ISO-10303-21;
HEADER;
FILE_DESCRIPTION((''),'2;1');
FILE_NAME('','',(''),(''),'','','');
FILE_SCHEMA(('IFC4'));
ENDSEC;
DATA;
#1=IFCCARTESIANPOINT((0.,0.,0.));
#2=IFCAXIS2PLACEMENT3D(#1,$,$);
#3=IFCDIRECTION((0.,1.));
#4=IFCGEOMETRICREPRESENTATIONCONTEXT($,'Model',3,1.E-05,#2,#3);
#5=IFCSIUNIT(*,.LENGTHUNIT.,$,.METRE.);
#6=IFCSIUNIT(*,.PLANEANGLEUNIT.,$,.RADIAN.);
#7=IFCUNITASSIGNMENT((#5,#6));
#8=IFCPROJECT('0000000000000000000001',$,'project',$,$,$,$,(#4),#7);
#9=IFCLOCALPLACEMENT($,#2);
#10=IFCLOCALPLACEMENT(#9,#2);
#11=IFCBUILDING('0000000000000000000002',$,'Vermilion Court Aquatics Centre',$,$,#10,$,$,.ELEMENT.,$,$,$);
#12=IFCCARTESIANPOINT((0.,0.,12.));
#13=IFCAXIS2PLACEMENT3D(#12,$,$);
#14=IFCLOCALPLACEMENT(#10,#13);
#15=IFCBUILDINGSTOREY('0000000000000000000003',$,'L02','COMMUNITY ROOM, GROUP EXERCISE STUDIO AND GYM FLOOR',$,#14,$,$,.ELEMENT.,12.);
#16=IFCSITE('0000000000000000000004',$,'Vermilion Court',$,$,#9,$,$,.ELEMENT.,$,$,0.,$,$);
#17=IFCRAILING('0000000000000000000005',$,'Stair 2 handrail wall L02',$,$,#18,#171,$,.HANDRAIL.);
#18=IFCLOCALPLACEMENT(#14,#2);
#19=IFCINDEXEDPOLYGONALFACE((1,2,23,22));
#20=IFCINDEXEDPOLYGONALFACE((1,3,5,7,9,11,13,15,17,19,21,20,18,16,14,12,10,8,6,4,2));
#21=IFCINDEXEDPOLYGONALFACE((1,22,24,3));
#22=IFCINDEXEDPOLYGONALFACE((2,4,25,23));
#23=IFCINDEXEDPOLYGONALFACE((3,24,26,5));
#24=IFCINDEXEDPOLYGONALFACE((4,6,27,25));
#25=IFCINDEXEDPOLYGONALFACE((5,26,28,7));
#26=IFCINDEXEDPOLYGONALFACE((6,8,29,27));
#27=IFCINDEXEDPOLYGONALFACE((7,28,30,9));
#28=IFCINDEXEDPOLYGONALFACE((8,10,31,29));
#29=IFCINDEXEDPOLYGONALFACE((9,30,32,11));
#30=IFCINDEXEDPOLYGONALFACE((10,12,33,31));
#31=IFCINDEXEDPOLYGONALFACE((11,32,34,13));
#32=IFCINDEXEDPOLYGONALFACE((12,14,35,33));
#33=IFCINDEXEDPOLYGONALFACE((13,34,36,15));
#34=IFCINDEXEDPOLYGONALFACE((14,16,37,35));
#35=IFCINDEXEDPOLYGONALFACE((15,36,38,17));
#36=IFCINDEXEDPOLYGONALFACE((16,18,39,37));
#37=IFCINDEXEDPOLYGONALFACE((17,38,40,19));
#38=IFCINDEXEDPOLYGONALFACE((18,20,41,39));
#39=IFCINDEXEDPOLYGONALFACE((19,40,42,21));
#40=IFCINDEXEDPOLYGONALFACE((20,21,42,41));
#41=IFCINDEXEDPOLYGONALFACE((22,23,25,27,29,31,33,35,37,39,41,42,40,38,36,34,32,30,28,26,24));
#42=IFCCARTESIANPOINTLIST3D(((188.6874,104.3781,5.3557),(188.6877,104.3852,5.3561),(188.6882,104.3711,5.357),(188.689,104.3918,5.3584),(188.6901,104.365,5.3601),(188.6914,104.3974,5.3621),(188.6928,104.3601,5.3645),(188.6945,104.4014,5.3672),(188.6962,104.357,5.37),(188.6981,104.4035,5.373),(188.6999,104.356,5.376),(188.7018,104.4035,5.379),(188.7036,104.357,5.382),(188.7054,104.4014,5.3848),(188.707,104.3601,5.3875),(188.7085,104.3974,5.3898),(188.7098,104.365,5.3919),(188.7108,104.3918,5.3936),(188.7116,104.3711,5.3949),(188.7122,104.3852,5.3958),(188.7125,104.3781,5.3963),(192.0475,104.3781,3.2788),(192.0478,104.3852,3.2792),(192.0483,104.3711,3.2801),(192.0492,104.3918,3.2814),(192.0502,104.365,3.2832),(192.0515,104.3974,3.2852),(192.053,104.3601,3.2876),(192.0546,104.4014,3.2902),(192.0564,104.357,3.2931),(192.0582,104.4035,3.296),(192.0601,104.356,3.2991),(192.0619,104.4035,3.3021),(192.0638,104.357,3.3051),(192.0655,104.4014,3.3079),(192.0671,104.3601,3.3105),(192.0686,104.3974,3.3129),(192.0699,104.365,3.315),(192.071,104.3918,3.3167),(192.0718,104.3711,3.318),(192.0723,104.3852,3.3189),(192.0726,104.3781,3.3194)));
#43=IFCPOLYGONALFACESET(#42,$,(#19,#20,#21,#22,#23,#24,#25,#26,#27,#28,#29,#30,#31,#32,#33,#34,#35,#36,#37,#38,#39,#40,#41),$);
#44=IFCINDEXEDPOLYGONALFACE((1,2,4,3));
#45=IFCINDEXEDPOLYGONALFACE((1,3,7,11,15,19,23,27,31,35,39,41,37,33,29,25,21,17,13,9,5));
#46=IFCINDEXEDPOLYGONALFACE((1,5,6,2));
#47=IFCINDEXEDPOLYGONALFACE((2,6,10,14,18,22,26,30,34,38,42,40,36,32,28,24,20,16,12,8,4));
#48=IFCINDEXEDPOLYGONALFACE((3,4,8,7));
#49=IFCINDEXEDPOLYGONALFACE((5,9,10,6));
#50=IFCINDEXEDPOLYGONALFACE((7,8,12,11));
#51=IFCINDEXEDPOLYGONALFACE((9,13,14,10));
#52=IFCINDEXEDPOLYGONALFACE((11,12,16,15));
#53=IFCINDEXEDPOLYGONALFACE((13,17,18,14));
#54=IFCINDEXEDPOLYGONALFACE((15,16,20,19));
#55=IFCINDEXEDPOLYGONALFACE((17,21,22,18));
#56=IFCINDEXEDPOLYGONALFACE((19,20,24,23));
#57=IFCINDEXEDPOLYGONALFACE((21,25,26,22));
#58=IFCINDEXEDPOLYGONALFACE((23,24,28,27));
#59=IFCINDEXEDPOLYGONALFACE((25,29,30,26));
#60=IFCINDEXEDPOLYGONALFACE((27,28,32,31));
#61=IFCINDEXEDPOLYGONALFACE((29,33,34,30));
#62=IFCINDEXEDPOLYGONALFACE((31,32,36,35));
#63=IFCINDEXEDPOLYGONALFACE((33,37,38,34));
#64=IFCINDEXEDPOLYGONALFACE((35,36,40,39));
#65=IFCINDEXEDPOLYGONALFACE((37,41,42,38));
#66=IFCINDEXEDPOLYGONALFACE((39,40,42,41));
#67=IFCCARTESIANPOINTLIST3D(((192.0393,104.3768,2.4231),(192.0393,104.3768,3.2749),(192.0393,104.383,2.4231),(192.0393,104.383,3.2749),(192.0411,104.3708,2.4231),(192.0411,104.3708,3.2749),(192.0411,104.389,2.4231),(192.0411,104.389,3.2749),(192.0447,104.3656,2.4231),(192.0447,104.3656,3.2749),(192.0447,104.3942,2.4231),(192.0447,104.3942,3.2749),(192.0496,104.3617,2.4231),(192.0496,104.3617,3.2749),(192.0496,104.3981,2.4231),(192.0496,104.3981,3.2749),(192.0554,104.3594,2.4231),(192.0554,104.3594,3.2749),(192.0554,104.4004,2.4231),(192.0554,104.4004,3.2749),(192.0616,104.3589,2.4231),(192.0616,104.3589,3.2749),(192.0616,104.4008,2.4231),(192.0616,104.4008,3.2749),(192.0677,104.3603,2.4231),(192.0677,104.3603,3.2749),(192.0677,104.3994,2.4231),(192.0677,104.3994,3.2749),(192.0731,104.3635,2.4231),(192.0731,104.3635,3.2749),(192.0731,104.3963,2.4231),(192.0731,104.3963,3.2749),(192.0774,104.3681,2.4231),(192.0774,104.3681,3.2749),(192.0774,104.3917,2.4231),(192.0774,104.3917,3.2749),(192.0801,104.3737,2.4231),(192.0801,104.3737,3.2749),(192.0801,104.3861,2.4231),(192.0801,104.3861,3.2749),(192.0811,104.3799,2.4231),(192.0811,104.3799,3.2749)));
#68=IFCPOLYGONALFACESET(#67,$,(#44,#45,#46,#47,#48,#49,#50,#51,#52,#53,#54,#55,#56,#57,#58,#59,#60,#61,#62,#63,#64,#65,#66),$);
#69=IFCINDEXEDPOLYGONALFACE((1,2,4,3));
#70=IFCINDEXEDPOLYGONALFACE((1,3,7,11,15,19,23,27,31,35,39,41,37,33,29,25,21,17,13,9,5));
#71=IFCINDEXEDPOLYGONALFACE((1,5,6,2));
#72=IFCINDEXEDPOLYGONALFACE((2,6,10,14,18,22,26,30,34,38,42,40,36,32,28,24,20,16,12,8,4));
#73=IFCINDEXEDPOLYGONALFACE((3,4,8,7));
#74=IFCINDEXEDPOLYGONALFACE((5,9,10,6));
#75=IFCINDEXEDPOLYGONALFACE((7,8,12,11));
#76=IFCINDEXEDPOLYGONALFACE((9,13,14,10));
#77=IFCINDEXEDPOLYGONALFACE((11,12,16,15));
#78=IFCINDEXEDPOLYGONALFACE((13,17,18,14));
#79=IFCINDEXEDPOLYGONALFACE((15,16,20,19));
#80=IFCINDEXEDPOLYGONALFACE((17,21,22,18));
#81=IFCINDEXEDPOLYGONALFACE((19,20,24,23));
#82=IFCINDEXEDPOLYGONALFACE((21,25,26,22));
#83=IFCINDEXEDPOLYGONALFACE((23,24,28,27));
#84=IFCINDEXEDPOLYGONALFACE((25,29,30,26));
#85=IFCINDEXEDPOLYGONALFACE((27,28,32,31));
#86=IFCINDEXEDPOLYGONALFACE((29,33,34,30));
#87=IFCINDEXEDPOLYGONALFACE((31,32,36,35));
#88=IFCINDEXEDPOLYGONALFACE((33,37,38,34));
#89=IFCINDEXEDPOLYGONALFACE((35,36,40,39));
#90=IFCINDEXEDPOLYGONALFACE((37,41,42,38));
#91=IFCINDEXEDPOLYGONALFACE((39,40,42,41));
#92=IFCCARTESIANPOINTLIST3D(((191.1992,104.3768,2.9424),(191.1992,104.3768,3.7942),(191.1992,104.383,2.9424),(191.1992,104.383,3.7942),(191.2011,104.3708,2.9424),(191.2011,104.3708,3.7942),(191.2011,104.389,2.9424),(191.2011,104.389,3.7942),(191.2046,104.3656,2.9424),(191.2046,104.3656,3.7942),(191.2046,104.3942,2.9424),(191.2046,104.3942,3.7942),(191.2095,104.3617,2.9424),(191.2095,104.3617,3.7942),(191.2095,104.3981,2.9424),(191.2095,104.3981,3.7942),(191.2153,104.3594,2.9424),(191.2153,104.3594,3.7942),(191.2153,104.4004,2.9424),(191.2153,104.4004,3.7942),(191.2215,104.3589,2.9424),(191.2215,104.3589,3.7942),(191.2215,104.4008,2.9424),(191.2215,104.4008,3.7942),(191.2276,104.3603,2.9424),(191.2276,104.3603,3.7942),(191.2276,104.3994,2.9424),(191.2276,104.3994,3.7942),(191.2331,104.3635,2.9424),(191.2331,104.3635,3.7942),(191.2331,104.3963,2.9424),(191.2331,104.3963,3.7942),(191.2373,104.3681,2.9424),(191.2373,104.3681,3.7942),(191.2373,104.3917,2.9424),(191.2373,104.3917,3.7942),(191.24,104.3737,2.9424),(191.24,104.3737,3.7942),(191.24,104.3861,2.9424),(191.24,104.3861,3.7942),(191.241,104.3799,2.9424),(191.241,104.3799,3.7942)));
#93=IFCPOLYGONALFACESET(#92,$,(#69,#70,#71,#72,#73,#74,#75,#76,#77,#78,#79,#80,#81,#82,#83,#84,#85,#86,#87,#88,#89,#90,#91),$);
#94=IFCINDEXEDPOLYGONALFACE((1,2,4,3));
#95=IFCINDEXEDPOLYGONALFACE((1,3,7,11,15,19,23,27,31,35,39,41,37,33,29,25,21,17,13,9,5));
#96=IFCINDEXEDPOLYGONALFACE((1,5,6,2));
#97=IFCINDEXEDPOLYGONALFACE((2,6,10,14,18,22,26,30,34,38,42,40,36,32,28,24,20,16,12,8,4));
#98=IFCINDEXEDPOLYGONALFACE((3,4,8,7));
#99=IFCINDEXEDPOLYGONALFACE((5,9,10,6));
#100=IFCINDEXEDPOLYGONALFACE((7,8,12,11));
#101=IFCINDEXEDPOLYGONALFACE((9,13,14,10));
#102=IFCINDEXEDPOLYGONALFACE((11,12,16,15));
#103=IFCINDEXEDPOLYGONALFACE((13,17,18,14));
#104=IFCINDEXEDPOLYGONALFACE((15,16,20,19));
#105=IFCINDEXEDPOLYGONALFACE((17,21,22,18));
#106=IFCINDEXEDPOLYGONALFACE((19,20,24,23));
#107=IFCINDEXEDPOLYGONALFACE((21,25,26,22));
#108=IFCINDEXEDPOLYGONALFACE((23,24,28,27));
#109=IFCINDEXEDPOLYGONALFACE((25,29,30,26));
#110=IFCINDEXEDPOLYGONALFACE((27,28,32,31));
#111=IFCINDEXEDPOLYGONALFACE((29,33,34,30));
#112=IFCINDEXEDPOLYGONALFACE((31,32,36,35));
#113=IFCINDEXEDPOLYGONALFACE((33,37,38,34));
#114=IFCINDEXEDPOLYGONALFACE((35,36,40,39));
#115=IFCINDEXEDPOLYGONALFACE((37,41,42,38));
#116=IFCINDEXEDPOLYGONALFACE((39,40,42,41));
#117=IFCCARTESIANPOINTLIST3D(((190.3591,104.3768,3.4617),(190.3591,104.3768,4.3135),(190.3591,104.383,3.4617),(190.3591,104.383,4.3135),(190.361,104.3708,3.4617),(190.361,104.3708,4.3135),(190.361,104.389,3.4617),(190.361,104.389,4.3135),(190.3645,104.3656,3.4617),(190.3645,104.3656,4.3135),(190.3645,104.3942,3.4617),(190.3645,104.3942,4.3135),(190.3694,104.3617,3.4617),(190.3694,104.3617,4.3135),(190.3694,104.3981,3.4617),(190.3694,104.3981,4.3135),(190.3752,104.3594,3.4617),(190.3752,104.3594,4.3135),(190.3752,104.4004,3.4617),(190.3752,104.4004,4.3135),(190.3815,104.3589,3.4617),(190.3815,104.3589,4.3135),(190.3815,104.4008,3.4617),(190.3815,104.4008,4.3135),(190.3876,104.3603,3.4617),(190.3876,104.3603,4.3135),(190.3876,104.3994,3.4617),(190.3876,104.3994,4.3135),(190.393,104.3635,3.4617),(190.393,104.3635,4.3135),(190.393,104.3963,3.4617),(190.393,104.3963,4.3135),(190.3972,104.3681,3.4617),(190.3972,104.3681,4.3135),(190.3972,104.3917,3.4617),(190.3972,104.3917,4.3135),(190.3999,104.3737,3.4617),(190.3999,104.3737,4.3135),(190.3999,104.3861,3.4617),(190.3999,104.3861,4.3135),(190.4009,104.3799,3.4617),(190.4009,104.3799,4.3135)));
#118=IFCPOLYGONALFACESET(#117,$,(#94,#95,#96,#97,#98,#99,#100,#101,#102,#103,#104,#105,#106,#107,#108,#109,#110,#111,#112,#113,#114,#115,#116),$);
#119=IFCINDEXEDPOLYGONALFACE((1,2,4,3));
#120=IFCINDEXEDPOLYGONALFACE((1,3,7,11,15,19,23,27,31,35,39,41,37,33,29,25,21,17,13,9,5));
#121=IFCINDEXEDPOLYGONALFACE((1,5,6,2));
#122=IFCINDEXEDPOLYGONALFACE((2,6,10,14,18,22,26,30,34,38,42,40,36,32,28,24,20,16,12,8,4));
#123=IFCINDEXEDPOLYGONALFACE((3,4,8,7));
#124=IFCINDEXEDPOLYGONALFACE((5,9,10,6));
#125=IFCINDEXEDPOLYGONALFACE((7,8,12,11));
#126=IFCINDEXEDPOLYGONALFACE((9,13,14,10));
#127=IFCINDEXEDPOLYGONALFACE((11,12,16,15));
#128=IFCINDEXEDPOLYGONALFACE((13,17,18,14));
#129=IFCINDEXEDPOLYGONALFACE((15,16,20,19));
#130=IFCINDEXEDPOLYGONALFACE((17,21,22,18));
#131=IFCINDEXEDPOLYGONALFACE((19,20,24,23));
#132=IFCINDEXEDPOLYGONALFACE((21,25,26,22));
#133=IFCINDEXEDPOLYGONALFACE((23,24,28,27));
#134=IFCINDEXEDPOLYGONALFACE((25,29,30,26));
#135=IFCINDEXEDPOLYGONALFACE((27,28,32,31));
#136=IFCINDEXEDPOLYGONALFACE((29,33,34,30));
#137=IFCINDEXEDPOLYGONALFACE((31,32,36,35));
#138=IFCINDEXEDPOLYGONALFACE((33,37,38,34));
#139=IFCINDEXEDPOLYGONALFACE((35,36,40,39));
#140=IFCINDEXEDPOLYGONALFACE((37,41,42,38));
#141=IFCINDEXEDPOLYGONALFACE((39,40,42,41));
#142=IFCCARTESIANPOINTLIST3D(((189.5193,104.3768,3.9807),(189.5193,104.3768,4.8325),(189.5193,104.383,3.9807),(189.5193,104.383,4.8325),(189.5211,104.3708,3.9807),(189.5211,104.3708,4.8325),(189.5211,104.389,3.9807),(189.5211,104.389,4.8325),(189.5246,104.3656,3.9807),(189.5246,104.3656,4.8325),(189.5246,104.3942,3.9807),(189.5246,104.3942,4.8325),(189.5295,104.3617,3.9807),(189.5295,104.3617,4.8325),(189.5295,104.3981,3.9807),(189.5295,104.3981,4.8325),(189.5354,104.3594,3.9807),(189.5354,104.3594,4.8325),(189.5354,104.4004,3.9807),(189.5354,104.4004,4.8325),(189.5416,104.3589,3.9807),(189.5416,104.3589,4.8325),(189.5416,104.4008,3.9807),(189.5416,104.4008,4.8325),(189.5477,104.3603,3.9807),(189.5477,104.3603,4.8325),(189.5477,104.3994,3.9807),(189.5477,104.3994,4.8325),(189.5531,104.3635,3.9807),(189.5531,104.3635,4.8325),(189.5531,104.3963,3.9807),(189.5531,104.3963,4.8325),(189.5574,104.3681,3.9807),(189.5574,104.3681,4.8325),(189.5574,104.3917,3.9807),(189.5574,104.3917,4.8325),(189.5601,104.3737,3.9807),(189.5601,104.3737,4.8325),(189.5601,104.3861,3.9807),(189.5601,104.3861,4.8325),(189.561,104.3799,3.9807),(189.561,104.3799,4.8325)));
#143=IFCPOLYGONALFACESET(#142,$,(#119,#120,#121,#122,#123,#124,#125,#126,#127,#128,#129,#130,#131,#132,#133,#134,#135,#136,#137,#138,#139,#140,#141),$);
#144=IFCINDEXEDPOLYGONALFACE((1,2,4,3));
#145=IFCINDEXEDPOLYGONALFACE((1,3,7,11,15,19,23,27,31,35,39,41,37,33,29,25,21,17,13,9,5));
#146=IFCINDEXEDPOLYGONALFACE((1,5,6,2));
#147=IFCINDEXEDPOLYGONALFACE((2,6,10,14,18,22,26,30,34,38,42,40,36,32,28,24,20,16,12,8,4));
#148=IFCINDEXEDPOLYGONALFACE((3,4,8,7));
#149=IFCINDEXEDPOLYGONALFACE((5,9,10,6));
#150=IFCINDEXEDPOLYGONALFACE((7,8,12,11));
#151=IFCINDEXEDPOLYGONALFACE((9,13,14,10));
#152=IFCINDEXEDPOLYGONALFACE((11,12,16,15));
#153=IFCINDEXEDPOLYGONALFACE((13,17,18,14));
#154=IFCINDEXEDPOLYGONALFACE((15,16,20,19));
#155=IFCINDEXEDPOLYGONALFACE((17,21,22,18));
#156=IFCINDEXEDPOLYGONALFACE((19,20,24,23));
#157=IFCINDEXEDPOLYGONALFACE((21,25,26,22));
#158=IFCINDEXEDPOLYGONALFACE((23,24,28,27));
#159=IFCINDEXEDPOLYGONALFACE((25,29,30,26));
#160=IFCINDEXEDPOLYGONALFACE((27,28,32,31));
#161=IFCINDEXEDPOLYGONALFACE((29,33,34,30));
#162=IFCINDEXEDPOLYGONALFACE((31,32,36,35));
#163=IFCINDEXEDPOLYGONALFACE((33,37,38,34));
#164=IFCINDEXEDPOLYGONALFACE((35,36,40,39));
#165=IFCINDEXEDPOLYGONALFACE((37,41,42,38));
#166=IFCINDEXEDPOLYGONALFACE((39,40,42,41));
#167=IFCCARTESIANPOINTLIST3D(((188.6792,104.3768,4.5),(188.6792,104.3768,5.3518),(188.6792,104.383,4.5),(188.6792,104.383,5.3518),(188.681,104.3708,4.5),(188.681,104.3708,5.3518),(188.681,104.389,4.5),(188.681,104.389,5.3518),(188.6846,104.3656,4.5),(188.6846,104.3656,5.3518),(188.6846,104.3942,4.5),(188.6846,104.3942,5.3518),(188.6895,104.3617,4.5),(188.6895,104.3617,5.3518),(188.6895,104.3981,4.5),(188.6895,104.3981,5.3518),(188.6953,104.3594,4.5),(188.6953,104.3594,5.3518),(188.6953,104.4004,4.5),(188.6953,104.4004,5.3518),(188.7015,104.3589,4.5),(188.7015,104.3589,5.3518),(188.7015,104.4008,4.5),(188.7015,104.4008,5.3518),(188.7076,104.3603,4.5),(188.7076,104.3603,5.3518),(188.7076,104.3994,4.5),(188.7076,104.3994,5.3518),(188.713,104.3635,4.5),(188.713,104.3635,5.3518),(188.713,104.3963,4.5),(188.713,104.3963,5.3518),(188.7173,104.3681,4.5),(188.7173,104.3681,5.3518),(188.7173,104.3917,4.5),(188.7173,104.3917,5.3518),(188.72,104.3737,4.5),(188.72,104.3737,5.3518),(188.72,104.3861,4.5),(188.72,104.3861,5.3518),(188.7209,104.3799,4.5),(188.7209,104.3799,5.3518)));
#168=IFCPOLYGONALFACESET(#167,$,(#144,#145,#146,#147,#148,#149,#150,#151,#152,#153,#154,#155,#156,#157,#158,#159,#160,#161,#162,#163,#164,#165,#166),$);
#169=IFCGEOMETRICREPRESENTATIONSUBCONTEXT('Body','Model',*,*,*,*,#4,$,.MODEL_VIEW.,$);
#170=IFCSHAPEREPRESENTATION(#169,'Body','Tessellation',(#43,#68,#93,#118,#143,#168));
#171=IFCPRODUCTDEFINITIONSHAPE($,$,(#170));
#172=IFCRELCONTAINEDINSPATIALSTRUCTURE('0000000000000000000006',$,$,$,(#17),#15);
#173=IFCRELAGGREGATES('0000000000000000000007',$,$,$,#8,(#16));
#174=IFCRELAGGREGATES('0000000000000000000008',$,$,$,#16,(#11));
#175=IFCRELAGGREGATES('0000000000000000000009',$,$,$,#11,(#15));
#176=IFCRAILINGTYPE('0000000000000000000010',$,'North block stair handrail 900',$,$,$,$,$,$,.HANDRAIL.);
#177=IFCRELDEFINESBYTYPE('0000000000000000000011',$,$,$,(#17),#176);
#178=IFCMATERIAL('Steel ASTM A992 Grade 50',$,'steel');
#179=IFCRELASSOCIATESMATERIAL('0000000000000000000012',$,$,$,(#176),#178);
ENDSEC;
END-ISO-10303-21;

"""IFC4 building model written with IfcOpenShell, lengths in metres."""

from ifc_helpers import new_model, si_unit, direction, frame, origin, origin_2d, place, context, subcontext, project, spatial, circle, extrude, material, type_object, element, save


model = new_model("IFC4")

# Units and contexts
model_context = context("Model", 3, precision=1e-05, world=origin(), true_north=direction((0.0, 1.0)))
body_context = subcontext(model_context, "Body", "Model", "MODEL_VIEW")
ifc_project = project(units=[si_unit("LENGTHUNIT", "METRE"), si_unit("PLANEANGLEUNIT", "RADIAN")], contexts=[model_context])

# Site, building, storey
site_placement = place(None, origin())
site = spatial("IfcSite", under=ifc_project, at=site_placement, Name="Vermilion Court", CompositionType="ELEMENT", RefElevation=0.0)
building_placement = place(site_placement, origin())
building = spatial("IfcBuilding", under=site, at=building_placement, Name="Vermilion Court Aquatics Centre", CompositionType="ELEMENT")
storey_placement = place(building_placement, frame((0.0, 0.0, 12.0)))
storey = spatial("IfcBuildingStorey", under=building, at=storey_placement, Name="L02", Description="COMMUNITY ROOM, GROUP EXERCISE STUDIO AND GYM FLOOR", CompositionType="ELEMENT", Elevation=12.0)

# Railing
ifc_material_1 = material(Name="Steel ASTM A992 Grade 50", Category="steel")
railing_type_1 = type_object("IfcRailingType", Name="North block stair handrail 900", PredefinedType="HANDRAIL", material=ifc_material_1)
for number, where, name in (
    (1, (192.0601, 104.3799, 2.4231), "Stair 2 handrail wall L02"),
):
    element("IfcRailing", number, at=place(storey_placement, frame(where)), inside=storey, type_object=railing_type_1, Name=name, PredefinedType="HANDRAIL", context=body_context, shape_type="SweptSolid", body=[
        extrude(circle(Radius=0.0239, at=origin_2d()), frame((0.0, 0.0, 0.876), z_axis=(-0.850623, 0.0, 0.525776), x_axis=(0.0, -1.0, 0.0)), (0.0, 0.0, 1.0), 3.9502),
        extrude(circle(Radius=0.021, at=origin_2d()), origin(), (0.0, 0.0, 1.0), 0.8518),
        extrude(circle(Radius=0.021, at=origin_2d()), frame((-0.8401, 0.0, 0.5193)), (0.0, 0.0, 1.0), 0.8518),
        extrude(circle(Radius=0.021, at=origin_2d()), frame((-1.6802, 0.0, 1.0386)), (0.0, 0.0, 1.0), 0.8518),
        extrude(circle(Radius=0.021, at=origin_2d()), frame((-2.52, 0.0, 1.5576)), (0.0, 0.0, 1.0), 0.8518),
        extrude(circle(Radius=0.021, at=origin_2d()), frame((-3.3601, 0.0, 2.0769)), (0.0, 0.0, 1.0), 0.8518),
    ])

save(model, "model.ifc")
